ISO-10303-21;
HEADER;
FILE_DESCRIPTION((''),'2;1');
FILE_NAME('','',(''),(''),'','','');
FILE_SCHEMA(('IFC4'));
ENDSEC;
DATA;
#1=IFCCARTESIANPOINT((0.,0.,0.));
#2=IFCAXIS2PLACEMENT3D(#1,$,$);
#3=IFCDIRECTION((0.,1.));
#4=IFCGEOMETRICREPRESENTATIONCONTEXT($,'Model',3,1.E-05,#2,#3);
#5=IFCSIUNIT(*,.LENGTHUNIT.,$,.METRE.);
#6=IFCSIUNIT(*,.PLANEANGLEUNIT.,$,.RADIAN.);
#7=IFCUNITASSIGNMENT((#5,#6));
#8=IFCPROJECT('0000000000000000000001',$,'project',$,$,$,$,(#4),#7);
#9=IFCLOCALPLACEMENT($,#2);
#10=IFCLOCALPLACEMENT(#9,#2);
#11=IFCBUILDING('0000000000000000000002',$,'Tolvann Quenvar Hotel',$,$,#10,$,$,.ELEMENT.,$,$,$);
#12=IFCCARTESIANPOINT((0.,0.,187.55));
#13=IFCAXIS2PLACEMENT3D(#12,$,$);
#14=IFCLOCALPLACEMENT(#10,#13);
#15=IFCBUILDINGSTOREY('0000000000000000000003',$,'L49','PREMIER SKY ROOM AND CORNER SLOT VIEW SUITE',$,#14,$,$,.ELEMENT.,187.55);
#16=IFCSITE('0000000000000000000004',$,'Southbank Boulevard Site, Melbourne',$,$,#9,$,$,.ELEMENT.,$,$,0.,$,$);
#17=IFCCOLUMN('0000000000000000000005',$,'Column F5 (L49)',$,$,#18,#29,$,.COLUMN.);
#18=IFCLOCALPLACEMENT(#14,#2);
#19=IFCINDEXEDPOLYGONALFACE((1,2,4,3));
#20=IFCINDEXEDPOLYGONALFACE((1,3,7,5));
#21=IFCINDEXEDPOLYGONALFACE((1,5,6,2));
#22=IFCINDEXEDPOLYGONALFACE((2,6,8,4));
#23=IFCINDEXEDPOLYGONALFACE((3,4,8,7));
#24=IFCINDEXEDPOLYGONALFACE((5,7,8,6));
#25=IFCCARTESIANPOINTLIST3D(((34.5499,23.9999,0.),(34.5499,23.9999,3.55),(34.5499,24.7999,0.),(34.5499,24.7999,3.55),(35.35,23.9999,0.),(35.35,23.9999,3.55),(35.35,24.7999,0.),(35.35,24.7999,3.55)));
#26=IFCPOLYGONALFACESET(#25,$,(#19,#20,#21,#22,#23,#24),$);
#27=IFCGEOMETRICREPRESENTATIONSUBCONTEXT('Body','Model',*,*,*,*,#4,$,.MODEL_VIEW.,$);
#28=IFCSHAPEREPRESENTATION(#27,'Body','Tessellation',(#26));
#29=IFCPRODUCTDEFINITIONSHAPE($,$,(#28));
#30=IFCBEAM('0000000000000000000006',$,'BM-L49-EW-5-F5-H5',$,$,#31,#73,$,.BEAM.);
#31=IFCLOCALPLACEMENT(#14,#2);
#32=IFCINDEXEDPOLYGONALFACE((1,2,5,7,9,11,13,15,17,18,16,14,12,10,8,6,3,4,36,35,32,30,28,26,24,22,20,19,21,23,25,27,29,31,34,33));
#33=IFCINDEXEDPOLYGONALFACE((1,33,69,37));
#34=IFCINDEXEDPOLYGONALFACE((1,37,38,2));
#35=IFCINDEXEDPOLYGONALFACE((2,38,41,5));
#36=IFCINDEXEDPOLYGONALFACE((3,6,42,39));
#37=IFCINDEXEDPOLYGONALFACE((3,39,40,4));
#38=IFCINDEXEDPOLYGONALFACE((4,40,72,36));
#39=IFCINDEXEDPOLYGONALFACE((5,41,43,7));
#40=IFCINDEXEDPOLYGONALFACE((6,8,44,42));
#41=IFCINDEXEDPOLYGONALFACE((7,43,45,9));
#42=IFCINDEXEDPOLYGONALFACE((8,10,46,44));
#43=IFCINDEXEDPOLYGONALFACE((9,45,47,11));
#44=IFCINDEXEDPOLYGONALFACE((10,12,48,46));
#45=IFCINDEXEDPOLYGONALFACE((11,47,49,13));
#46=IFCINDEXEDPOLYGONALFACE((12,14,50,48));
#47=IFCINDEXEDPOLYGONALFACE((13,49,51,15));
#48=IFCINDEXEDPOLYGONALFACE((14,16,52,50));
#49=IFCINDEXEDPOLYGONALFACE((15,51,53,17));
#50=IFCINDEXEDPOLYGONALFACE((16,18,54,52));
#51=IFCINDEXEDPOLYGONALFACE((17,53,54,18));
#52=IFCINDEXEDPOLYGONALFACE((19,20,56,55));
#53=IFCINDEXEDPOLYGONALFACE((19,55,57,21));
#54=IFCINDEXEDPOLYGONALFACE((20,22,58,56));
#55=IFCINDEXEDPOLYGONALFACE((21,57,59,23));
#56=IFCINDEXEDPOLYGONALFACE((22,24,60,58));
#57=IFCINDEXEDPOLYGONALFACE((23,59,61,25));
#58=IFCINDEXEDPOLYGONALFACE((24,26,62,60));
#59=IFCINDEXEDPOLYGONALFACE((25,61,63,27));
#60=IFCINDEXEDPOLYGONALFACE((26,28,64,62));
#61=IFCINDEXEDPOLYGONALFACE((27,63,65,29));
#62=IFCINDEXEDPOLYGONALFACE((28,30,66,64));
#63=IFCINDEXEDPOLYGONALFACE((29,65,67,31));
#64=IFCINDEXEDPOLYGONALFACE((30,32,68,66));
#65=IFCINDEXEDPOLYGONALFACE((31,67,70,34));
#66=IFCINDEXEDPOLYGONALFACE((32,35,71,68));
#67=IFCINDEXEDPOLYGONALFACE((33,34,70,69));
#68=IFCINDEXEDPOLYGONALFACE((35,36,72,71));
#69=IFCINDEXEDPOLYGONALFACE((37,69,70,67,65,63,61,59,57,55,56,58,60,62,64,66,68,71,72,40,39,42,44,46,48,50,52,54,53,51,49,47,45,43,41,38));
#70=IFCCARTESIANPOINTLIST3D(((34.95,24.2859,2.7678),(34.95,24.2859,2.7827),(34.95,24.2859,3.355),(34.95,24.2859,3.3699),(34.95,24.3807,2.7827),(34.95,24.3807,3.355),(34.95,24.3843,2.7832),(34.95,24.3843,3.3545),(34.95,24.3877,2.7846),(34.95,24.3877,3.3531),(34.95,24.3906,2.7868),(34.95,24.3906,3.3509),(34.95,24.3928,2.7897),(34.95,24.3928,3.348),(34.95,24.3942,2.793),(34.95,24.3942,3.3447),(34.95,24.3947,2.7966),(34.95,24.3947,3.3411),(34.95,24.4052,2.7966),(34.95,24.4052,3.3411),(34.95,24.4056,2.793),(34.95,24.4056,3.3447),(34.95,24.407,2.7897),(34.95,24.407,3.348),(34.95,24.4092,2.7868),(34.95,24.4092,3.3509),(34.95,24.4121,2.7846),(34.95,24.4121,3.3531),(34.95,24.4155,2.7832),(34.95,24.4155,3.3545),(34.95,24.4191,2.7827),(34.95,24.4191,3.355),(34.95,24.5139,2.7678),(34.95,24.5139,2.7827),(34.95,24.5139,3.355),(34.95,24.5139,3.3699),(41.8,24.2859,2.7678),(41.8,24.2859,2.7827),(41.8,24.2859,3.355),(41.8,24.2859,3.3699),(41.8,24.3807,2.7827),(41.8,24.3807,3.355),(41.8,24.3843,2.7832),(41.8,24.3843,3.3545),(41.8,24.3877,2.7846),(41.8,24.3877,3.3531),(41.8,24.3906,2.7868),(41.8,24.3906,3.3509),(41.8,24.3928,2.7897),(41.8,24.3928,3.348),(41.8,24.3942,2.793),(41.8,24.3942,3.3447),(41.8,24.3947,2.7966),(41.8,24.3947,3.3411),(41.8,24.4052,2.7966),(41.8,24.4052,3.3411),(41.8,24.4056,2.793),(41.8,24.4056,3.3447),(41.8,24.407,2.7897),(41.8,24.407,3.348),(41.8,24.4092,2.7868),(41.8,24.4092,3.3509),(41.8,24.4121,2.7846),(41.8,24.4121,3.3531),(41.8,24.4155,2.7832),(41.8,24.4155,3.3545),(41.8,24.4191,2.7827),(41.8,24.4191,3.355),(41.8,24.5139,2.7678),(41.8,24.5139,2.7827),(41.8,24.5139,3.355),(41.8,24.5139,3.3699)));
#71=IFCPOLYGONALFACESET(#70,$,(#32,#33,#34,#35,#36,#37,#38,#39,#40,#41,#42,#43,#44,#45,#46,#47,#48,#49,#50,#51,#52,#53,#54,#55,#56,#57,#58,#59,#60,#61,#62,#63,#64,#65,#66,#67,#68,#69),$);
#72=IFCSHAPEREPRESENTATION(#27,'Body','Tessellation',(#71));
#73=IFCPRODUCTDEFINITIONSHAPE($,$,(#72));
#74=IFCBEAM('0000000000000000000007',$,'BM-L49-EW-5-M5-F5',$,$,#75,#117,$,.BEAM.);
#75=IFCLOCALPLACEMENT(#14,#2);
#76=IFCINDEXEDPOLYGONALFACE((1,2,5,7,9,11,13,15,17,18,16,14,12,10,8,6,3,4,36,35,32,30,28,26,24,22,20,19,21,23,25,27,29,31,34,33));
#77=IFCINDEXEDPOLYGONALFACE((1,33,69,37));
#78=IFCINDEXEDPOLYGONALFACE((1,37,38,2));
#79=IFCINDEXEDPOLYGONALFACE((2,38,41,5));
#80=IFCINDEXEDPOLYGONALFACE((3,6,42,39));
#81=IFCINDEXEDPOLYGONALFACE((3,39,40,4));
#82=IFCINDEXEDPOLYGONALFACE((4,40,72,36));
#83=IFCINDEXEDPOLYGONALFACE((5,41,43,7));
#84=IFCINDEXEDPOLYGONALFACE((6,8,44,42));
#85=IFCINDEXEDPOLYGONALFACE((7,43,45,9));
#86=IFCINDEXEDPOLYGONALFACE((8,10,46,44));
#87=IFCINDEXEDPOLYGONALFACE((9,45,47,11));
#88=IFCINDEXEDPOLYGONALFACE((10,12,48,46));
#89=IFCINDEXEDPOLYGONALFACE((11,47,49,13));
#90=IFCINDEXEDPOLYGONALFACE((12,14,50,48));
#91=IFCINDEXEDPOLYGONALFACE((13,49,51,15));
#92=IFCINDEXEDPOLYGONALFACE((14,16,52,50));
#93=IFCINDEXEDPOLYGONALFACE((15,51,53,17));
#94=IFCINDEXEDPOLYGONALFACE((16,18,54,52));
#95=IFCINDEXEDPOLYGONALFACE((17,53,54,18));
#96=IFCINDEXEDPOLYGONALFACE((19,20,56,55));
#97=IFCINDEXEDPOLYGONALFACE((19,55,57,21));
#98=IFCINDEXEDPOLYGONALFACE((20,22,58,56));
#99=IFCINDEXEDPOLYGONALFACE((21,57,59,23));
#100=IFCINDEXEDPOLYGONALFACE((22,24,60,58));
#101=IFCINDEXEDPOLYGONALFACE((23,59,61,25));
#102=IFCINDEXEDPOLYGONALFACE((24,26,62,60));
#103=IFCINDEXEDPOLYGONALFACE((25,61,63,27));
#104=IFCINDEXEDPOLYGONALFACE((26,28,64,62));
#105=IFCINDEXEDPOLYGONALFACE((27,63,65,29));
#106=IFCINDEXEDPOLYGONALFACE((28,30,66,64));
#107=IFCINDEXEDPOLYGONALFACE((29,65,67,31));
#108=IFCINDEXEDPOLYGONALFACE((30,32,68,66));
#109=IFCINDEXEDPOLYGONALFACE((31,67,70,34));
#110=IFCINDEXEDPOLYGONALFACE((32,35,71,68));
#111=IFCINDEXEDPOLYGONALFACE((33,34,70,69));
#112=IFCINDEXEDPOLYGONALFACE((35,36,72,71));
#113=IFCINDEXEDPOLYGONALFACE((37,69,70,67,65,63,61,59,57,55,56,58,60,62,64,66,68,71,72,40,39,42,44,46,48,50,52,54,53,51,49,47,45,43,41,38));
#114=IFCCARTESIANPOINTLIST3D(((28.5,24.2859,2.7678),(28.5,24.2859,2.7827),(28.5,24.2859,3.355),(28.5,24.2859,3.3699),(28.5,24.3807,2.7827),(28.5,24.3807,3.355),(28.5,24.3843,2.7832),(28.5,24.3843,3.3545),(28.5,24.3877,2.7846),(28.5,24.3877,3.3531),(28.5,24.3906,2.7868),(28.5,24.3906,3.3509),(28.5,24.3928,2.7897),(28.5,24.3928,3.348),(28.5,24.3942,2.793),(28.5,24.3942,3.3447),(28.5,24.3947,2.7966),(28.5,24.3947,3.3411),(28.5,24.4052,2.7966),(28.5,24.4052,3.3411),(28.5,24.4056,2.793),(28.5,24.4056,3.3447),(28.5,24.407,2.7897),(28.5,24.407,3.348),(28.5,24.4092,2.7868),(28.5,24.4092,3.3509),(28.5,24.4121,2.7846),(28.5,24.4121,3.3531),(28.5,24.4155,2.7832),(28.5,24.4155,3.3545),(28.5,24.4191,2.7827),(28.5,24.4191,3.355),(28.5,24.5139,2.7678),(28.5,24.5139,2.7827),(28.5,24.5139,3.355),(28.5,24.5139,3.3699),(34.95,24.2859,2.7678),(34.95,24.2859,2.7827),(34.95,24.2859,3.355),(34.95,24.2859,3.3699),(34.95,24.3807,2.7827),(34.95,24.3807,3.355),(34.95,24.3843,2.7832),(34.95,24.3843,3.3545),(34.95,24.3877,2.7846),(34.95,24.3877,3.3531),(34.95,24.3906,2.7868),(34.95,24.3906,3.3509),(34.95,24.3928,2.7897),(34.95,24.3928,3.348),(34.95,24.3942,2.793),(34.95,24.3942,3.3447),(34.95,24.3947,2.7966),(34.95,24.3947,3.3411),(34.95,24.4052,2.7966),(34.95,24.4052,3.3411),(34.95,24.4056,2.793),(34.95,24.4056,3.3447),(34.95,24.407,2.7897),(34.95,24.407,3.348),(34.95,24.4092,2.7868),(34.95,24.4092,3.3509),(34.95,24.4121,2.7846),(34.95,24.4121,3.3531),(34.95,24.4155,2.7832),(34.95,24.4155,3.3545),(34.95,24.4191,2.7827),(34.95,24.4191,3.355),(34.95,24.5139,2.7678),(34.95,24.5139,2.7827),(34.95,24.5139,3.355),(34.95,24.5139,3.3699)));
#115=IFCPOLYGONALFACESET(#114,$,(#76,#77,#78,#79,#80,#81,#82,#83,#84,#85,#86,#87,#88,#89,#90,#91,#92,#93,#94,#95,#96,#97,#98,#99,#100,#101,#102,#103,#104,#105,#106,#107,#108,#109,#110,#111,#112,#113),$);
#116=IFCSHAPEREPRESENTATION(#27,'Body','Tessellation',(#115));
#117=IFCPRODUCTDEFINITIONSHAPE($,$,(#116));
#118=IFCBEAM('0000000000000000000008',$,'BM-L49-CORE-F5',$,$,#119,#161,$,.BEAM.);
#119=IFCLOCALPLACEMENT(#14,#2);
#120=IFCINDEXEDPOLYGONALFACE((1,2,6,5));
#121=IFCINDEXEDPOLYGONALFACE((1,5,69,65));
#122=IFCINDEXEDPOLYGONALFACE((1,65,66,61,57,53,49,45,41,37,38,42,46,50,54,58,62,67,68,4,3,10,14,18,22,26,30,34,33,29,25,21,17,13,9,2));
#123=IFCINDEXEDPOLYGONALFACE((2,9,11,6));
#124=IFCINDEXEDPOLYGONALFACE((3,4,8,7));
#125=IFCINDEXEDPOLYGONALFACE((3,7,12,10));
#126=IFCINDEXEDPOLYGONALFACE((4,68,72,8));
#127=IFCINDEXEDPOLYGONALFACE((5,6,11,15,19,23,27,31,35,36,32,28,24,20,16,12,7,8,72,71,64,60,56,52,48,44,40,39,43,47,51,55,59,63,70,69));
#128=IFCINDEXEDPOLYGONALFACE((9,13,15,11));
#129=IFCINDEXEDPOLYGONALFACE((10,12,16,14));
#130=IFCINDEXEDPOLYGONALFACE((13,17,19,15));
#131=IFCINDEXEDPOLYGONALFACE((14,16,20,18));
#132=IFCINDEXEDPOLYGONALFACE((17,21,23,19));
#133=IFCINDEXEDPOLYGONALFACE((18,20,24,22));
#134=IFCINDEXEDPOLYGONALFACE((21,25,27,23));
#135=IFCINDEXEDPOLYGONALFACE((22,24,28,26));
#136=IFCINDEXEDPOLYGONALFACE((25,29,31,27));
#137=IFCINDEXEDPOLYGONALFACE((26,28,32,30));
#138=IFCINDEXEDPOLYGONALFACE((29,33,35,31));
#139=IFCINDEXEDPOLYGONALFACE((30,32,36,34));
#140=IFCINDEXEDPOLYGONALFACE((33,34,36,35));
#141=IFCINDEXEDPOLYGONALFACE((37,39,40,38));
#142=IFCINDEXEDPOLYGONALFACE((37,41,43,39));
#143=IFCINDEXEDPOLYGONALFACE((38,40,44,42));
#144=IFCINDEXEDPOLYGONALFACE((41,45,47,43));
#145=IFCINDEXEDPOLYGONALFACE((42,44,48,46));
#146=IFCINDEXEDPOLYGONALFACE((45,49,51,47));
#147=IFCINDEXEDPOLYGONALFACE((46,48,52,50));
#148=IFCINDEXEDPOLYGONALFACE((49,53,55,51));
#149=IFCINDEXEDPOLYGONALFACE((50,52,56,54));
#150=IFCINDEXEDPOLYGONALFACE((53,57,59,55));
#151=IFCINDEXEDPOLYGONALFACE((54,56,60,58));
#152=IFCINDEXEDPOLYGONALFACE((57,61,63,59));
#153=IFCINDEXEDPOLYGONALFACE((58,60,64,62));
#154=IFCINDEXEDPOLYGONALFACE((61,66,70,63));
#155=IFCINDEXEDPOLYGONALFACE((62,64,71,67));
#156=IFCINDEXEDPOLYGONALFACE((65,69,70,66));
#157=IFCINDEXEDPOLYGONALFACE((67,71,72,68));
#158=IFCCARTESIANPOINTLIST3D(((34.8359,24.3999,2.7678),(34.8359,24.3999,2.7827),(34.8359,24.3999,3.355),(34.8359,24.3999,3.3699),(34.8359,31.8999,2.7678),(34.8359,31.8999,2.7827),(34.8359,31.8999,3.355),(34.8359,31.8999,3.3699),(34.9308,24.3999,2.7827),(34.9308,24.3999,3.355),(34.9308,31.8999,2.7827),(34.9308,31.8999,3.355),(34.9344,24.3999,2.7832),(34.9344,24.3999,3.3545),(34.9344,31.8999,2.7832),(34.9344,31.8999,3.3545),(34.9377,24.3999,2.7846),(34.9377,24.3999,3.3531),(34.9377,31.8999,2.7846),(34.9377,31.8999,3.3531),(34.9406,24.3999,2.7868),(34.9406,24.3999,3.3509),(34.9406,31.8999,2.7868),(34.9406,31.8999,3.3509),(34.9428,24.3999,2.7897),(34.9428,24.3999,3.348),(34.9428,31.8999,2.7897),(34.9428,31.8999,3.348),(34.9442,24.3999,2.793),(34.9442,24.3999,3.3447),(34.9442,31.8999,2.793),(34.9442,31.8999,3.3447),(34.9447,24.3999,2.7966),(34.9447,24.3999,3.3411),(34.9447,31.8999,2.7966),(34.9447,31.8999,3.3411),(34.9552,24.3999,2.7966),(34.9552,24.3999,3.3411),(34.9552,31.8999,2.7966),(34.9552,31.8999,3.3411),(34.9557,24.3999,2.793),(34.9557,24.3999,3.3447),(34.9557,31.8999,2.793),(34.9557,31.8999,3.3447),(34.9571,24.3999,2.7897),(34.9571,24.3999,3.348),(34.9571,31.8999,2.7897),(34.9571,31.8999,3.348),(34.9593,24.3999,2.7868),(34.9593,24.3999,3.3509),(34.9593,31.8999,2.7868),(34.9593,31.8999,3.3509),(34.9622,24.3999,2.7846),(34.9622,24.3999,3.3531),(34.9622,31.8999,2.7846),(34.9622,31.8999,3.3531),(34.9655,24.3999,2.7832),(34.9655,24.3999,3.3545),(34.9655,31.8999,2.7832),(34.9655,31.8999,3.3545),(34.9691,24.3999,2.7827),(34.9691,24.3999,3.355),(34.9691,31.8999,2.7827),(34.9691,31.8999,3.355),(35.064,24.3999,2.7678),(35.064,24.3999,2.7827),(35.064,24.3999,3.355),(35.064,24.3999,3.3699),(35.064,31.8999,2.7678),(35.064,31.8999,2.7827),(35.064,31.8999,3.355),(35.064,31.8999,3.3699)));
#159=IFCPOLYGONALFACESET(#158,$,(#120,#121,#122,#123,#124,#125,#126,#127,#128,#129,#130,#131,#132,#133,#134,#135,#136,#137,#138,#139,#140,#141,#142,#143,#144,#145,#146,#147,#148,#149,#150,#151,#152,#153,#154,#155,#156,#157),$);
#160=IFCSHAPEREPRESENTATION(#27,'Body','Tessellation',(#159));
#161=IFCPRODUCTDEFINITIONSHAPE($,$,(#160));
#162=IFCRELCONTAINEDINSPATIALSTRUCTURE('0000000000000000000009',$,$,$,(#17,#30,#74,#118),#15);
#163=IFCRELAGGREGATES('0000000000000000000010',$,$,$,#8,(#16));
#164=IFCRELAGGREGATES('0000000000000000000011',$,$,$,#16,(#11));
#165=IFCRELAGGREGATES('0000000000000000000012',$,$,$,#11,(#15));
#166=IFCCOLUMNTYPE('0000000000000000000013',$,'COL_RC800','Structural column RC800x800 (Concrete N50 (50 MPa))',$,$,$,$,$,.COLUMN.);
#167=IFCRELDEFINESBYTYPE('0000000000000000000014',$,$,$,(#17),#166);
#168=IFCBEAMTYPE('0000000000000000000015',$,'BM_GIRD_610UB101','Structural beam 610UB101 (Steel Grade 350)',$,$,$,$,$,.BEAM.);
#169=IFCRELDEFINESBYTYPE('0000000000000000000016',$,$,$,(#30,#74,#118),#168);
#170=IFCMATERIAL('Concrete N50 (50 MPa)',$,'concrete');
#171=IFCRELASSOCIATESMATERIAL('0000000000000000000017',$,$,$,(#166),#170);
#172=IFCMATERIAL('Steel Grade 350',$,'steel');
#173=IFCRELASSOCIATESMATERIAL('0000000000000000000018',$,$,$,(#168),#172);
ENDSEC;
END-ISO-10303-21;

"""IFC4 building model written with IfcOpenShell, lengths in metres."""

from ifc_helpers import new_model, si_unit, direction, frame, origin, origin_2d, place, context, subcontext, project, spatial, rectangle, i_section, extrude, source, transform, mapped, material, material_profile, profile_set, type_object, type_shapes, element, save


model = new_model("IFC4")

# Units and contexts
model_context = context("Model", 3, precision=1e-05, world=origin(), true_north=direction((0.0, 1.0)))
body_context = subcontext(model_context, "Body", "Model", "MODEL_VIEW")
ifc_project = project(units=[si_unit("LENGTHUNIT", "METRE"), si_unit("PLANEANGLEUNIT", "RADIAN")], contexts=[model_context])

# Site, building, storey
site_placement = place(None, origin())
site = spatial("IfcSite", under=ifc_project, at=site_placement, Name="Southbank Boulevard Site, Melbourne", CompositionType="ELEMENT", RefElevation=0.0)
building_placement = place(site_placement, origin())
building = spatial("IfcBuilding", under=site, at=building_placement, Name="Tolvann Quenvar Hotel", CompositionType="ELEMENT")
storey_placement = place(building_placement, frame((0.0, 0.0, 187.55)))
storey = spatial("IfcBuildingStorey", under=building, at=storey_placement, Name="L49", Description="PREMIER SKY ROOM AND CORNER SLOT VIEW SUITE", CompositionType="ELEMENT", Elevation=187.55)

# Column
ifc_material_1 = material(Name="Concrete N50 (50 MPa)", Category="concrete")
ifc_material_profile_1 = material_profile(ifc_material_1, rectangle(XDim=0.8, YDim=0.8, at=origin_2d()), Name="RC800x800")
ifc_profile_set_1 = profile_set([ifc_material_profile_1], Name="Concrete N50 (50 MPa)")
column_type = type_object("IfcColumnType", Name="COL_RC800", Description="Structural column RC800x800 (Concrete N50 (50 MPa))", PredefinedType="COLUMN", material=ifc_profile_set_1)
shared_shape_1 = source(origin(), body_context, "Body", "SweptSolid", [
    extrude(rectangle(XDim=0.8, YDim=0.8, at=origin_2d()), origin(), (0.0, 0.0, 1.0), 3.55),
])
type_shapes(column_type, [shared_shape_1])
column_placement = place(storey_placement, frame((34.95, 24.3999, 0.0), z_axis=(0.0, 0.0, 1.0), x_axis=(1.0, 0.0, 0.0)))
element("IfcColumn", 1, at=column_placement, inside=storey, type_object=column_type, Name="Column F5 (L49)", PredefinedType="COLUMN", context=body_context, shape_type="MappedRepresentation", body=[
    mapped(shared_shape_1, transform((0.0, 0.0, 0.0), x_axis=(1.0, 0.0, 0.0), y_axis=(0.0, 1.0, 0.0), z_axis=(0.0, 0.0, 1.0), scale=1.0)),
])

# Beams
ifc_material_2 = material(Name="Steel Grade 350", Category="steel")
ifc_material_profile_2 = material_profile(ifc_material_2, i_section(OverallWidth=0.228, OverallDepth=0.6021, WebThickness=0.0105, FlangeThickness=0.0149, FilletRadius=0.0139, at=origin_2d()), Name="610UB101")
ifc_profile_set_2 = profile_set([ifc_material_profile_2], Name="Steel Grade 350")
beam_type = type_object("IfcBeamType", Name="BM_GIRD_610UB101", Description="Structural beam 610UB101 (Steel Grade 350)", PredefinedType="BEAM", material=ifc_profile_set_2)
shared_shape_2 = source(origin(), body_context, "Body", "SweptSolid", [
    extrude(i_section(OverallWidth=0.228, OverallDepth=0.6021, WebThickness=0.0105, FlangeThickness=0.0149, FilletRadius=0.0139, at=origin_2d()), origin(), (0.0, 0.0, 1.0), 6.8501),
])
beam_1_placement = place(storey_placement, frame((34.95, 24.3999, 3.0688), z_axis=(1.0, 0.0, 0.0), x_axis=(0.0, 1.0, 0.0)))
element("IfcBeam", 2, at=beam_1_placement, inside=storey, type_object=beam_type, Name="BM-L49-EW-5-F5-H5", PredefinedType="BEAM", context=body_context, shape_type="MappedRepresentation", body=[
    mapped(shared_shape_2, transform((0.0, 0.0, 0.0), x_axis=(1.0, 0.0, 0.0), y_axis=(0.0, 1.0, 0.0), z_axis=(0.0, 0.0, 1.0), scale=1.0)),
])
shared_shape_3 = source(origin(), body_context, "Body", "SweptSolid", [
    extrude(i_section(OverallWidth=0.228, OverallDepth=0.6021, WebThickness=0.0105, FlangeThickness=0.0149, FilletRadius=0.0139, at=origin_2d()), origin(), (0.0, 0.0, 1.0), 6.45),
])
beam_2_placement = place(storey_placement, frame((28.5, 24.3999, 3.0688), z_axis=(1.0, 0.0, 0.0), x_axis=(0.0, 1.0, 0.0)))
element("IfcBeam", 3, at=beam_2_placement, inside=storey, type_object=beam_type, Name="BM-L49-EW-5-M5-F5", PredefinedType="BEAM", context=body_context, shape_type="MappedRepresentation", body=[
    mapped(shared_shape_3, transform((0.0, 0.0, 0.0), x_axis=(1.0, 0.0, 0.0), y_axis=(0.0, 1.0, 0.0), z_axis=(0.0, 0.0, 1.0), scale=1.0)),
])
shared_shape_4 = source(origin(), body_context, "Body", "SweptSolid", [
    extrude(i_section(OverallWidth=0.228, OverallDepth=0.6021, WebThickness=0.0105, FlangeThickness=0.0149, FilletRadius=0.0139, at=origin_2d()), origin(), (0.0, 0.0, 1.0), 7.5),
])
type_shapes(beam_type, [shared_shape_2, shared_shape_3, shared_shape_4])
for number, where, z_axis, x_axis, name in (
    (4, (34.95, 24.3999, 3.0688), (0.0, 1.0, 0.0), (-1.0, 0.0, 0.0), "BM-L49-CORE-F5"),
):
    element("IfcBeam", number, at=place(storey_placement, frame(where, z_axis=z_axis, x_axis=x_axis)), inside=storey, type_object=beam_type, Name=name, PredefinedType="BEAM", context=body_context, shape_type="MappedRepresentation", body=[
        mapped(shared_shape_4, transform((0.0, 0.0, 0.0), x_axis=(1.0, 0.0, 0.0), y_axis=(0.0, 1.0, 0.0), z_axis=(0.0, 0.0, 1.0), scale=1.0)),
    ])

save(model, "model.ifc")
